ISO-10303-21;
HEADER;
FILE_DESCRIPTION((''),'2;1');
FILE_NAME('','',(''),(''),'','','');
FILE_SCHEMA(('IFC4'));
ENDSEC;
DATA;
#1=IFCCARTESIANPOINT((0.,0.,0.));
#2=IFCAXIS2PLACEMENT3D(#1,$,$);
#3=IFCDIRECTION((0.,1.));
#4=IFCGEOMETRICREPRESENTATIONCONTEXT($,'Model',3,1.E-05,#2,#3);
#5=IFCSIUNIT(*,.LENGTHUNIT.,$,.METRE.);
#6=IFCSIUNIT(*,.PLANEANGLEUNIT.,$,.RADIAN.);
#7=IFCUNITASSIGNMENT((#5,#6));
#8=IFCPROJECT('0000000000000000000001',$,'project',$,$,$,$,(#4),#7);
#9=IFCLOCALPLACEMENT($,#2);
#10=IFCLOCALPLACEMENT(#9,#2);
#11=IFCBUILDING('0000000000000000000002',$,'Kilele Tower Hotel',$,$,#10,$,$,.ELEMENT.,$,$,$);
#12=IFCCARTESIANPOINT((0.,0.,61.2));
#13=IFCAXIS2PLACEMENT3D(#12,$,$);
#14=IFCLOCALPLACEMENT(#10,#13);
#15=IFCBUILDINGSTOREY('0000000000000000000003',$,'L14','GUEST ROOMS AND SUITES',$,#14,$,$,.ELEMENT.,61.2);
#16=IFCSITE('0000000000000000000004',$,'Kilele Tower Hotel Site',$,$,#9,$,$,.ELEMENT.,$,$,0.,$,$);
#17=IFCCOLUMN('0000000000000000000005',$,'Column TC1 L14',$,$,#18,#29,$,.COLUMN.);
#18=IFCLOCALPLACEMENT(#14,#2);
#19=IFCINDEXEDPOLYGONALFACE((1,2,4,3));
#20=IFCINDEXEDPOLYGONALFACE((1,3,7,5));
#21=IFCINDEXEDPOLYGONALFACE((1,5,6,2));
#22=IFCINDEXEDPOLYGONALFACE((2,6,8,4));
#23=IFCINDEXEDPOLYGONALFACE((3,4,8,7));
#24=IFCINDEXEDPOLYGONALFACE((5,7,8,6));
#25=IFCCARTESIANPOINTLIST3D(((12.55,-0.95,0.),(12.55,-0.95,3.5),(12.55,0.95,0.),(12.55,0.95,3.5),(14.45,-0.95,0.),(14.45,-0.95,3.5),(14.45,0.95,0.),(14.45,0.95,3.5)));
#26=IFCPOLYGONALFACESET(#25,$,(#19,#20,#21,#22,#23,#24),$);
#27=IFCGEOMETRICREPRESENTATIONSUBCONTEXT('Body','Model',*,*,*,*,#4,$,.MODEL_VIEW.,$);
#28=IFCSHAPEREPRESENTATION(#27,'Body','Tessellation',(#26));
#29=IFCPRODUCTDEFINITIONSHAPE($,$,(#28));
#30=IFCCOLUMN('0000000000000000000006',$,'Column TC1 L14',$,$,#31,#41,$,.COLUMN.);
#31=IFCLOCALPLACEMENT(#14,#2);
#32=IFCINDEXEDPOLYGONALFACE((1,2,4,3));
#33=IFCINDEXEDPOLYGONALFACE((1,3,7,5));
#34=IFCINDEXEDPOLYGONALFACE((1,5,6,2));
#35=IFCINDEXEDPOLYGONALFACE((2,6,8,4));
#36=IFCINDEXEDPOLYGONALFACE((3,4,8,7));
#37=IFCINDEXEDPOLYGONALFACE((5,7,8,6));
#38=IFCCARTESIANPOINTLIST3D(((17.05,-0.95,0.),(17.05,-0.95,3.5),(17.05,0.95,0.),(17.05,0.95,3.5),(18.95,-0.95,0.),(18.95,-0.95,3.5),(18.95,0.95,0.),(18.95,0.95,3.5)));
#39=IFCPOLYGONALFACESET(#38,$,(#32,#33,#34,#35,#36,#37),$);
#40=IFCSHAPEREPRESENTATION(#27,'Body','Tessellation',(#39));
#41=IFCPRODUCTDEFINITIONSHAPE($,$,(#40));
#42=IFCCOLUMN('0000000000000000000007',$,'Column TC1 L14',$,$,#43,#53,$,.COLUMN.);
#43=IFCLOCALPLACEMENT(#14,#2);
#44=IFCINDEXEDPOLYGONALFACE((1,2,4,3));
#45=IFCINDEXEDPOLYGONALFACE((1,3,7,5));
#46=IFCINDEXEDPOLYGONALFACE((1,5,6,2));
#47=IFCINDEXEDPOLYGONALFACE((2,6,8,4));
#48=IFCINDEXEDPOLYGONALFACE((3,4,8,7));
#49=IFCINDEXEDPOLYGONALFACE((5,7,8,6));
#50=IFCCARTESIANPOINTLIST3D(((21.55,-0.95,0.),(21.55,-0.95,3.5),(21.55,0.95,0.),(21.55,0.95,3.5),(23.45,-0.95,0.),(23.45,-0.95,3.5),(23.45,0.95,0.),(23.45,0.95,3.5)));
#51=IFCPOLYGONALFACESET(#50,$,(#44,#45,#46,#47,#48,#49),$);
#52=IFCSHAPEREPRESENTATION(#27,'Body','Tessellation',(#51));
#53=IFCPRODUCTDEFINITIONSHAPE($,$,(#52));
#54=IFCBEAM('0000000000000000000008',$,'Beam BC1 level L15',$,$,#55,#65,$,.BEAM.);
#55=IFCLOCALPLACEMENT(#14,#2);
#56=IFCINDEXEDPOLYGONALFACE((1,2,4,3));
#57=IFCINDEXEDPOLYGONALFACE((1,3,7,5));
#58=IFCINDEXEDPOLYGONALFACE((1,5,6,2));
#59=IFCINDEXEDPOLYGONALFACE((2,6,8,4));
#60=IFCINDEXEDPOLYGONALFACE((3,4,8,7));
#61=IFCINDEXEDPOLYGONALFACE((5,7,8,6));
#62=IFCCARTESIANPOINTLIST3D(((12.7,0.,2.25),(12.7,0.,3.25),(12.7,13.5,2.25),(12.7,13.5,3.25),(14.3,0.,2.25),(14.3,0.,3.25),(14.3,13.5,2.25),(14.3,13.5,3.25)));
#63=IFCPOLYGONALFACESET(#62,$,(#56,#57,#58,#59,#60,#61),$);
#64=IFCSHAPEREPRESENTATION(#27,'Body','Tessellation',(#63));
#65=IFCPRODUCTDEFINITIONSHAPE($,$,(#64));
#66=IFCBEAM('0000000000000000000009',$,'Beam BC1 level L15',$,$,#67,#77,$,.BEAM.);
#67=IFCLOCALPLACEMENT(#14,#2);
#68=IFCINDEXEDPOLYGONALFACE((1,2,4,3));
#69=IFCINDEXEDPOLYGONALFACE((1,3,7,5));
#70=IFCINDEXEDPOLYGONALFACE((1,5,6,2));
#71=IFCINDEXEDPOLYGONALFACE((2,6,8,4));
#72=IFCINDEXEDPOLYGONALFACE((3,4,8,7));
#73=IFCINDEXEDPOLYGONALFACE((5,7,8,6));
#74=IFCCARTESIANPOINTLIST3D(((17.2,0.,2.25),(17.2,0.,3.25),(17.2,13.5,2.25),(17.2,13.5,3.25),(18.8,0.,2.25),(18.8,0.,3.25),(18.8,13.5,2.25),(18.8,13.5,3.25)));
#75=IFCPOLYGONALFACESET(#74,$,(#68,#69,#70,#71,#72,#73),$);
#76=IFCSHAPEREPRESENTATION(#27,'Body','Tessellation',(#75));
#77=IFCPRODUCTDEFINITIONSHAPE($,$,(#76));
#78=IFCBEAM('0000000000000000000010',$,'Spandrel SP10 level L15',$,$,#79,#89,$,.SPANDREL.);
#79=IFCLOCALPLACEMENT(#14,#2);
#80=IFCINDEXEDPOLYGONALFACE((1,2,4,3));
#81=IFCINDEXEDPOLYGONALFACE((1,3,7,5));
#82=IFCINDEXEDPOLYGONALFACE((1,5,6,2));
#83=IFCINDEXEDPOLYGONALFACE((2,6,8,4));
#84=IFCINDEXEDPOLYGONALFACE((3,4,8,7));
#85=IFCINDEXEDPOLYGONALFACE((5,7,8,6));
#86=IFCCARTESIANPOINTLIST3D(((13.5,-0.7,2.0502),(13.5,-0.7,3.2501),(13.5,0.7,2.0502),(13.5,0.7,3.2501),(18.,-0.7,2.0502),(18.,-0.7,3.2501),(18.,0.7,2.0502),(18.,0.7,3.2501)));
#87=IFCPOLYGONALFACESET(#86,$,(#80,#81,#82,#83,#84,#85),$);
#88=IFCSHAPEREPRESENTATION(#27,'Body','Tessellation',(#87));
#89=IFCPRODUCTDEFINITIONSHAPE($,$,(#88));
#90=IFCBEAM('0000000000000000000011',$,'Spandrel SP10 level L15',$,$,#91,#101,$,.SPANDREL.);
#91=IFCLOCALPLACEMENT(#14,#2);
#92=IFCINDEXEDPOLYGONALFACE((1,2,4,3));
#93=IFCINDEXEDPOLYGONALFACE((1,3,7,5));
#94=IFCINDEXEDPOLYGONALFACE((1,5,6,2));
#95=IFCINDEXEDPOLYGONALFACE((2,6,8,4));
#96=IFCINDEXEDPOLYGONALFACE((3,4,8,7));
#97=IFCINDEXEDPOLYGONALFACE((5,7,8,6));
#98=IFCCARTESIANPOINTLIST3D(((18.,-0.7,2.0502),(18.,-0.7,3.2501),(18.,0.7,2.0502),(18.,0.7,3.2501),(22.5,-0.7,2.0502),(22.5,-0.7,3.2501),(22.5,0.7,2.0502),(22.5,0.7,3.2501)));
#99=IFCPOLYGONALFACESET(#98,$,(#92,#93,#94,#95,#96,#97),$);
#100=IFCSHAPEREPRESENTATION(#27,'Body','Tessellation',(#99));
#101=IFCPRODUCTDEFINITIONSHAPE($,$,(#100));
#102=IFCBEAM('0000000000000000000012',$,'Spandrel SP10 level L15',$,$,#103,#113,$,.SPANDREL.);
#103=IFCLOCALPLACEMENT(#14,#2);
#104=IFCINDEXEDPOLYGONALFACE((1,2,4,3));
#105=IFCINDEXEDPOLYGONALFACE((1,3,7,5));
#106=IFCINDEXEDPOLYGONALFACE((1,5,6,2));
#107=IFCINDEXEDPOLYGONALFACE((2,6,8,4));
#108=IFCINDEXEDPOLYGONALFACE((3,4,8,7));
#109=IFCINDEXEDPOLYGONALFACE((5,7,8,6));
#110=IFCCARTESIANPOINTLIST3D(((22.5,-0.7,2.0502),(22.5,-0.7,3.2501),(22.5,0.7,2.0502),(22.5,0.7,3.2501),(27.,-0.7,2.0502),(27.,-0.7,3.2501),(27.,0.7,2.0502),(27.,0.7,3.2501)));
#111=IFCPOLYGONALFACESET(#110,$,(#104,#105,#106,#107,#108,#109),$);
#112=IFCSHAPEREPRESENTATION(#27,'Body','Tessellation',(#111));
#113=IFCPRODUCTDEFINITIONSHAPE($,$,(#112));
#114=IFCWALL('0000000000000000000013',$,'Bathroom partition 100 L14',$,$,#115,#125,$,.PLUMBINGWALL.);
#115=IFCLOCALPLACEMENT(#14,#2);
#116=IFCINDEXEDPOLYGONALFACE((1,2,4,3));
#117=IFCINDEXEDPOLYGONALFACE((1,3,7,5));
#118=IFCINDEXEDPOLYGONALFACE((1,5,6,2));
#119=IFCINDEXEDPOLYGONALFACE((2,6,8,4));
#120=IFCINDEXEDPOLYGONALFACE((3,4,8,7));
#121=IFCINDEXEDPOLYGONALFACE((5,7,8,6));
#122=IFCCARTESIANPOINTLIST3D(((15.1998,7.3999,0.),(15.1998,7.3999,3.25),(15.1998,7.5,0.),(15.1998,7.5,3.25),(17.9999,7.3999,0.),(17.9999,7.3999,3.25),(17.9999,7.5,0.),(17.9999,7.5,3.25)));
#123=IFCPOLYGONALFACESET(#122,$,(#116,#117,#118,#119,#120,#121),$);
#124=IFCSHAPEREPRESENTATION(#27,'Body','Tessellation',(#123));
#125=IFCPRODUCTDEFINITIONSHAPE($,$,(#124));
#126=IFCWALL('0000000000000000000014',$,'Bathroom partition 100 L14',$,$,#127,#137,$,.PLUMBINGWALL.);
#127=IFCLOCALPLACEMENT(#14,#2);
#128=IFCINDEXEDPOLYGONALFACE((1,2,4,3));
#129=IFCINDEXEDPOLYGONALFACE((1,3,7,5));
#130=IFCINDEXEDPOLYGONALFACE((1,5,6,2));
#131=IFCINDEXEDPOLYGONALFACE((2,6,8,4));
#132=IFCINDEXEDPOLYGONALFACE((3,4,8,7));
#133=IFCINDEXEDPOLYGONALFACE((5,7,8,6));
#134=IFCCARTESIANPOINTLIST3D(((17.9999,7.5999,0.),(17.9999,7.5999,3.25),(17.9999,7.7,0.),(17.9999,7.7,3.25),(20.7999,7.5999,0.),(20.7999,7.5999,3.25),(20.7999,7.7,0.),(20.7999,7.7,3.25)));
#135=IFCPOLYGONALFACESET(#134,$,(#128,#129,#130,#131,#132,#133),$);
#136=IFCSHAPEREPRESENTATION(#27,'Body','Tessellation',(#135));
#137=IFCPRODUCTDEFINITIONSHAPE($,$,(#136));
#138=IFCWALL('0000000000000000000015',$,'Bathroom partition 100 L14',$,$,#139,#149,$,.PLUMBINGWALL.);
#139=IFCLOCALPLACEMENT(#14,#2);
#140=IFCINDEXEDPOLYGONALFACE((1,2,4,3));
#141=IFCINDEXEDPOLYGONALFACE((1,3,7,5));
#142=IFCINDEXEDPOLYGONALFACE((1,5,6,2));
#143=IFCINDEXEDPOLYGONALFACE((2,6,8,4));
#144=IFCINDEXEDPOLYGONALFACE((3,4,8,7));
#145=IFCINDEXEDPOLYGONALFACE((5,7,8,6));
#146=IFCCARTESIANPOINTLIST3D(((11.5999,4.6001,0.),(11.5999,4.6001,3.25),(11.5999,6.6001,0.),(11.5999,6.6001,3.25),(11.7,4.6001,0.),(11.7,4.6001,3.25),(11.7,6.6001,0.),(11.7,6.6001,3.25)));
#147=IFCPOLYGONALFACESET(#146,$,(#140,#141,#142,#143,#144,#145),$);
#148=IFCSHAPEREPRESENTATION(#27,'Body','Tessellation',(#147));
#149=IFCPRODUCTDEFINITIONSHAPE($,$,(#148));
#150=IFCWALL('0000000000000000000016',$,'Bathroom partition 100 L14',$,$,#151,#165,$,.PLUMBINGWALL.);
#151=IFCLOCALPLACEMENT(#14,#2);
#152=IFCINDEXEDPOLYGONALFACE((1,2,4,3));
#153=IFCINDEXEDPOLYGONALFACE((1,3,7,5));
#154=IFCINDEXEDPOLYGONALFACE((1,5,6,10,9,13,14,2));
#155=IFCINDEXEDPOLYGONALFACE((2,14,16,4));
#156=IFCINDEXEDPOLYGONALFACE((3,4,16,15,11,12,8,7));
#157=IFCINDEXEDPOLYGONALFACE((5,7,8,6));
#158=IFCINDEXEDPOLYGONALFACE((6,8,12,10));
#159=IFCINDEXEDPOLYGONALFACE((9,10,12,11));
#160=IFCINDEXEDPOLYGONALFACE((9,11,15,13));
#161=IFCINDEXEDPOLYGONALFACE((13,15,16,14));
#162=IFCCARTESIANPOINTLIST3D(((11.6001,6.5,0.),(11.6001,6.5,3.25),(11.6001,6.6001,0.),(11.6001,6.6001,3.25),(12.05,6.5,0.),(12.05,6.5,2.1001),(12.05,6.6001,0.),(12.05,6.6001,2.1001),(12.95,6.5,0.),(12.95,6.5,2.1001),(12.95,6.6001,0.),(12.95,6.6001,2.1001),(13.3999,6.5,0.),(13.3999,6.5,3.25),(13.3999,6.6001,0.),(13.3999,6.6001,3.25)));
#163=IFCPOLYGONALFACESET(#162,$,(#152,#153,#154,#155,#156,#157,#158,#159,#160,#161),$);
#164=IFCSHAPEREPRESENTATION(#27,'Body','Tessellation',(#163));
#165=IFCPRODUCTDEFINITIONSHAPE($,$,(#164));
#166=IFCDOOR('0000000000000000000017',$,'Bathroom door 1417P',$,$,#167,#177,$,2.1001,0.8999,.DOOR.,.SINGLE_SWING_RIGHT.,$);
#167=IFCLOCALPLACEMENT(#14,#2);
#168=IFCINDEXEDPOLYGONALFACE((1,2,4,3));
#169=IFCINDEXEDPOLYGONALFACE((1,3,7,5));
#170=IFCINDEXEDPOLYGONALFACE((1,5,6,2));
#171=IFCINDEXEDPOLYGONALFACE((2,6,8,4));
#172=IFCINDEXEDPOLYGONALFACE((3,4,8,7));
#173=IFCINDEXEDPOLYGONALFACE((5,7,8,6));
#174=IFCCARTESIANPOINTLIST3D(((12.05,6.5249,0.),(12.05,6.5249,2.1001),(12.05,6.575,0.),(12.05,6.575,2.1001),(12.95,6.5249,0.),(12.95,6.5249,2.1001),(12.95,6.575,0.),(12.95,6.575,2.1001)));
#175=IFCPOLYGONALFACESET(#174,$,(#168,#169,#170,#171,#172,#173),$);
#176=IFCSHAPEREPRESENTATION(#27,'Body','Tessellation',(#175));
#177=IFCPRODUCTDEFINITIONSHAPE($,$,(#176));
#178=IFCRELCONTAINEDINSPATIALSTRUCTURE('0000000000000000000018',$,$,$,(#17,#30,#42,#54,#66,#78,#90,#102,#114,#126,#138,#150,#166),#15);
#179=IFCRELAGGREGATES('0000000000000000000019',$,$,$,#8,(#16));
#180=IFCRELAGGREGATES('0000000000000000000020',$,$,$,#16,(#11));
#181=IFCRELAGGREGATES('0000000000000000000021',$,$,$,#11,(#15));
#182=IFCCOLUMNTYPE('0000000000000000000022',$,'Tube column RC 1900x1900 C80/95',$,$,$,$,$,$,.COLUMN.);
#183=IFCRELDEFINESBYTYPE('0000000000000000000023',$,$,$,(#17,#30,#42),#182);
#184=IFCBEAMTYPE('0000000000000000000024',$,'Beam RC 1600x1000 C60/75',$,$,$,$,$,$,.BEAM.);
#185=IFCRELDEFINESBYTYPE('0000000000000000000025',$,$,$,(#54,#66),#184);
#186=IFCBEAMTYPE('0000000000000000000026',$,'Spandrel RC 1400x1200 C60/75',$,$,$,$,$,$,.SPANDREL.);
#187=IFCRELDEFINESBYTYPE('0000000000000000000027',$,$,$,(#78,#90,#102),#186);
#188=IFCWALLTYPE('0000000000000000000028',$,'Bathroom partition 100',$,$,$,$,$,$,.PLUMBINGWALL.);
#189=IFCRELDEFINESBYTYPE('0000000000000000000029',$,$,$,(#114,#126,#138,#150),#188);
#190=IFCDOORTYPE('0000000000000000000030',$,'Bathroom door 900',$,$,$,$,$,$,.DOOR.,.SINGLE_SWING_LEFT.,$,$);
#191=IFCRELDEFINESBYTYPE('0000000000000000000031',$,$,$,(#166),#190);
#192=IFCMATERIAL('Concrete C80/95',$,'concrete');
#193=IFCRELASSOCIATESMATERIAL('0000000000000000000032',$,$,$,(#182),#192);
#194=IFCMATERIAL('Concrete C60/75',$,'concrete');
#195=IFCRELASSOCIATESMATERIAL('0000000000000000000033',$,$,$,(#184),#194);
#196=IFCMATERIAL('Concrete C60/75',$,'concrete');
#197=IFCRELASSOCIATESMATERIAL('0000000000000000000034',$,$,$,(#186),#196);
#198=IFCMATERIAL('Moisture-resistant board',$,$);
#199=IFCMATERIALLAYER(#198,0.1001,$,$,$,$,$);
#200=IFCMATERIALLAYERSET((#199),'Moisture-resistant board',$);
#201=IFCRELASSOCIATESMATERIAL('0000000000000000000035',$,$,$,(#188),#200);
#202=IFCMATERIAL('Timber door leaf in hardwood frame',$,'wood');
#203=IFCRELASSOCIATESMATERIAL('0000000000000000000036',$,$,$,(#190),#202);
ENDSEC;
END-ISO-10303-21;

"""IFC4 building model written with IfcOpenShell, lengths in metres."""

from ifc_helpers import new_model, si_unit, direction, frame, frame_2d, origin, origin_2d, place, context, subcontext, project, spatial, rectangle, extrude, material, layer, layer_set, material_profile, profile_set, type_object, element, fill, save


model = new_model("IFC4")

# Units and contexts
model_context = context("Model", 3, precision=1e-05, world=origin(), true_north=direction((0.0, 1.0)))
body_context = subcontext(model_context, "Body", "Model", "MODEL_VIEW")
ifc_project = project(units=[si_unit("LENGTHUNIT", "METRE"), si_unit("PLANEANGLEUNIT", "RADIAN")], contexts=[model_context])

# Site, building, storey
site_placement = place(None, origin())
site = spatial("IfcSite", under=ifc_project, at=site_placement, Name="Kilele Tower Hotel Site", CompositionType="ELEMENT", RefElevation=0.0)
building_placement = place(site_placement, origin())
building = spatial("IfcBuilding", under=site, at=building_placement, Name="Kilele Tower Hotel", CompositionType="ELEMENT")
storey_placement = place(building_placement, frame((0.0, 0.0, 61.2)))
storey = spatial("IfcBuildingStorey", under=building, at=storey_placement, Name="L14", Description="GUEST ROOMS AND SUITES", CompositionType="ELEMENT", Elevation=61.2)

# Columns
ifc_material_1 = material(Name="Concrete C80/95", Category="concrete")
ifc_material_profile_1 = material_profile(ifc_material_1, rectangle(XDim=1.8999, YDim=1.8999, at=origin_2d()))
ifc_profile_set_1 = profile_set([ifc_material_profile_1], Name="Concrete C80/95")
column_type = type_object("IfcColumnType", Name="Tube column RC 1900x1900 C80/95", PredefinedType="COLUMN", material=ifc_profile_set_1)
for number, where, z_axis, x_axis, name in (
    (1, (13.5, 0.0, 0.0), (0.0, 0.0, 1.0), (1.0, 0.0, 0.0), "Column TC1 L14"),
    (2, (18.0, 0.0, 0.0), (0.0, 0.0, 1.0), (1.0, 0.0, 0.0), "Column TC1 L14"),
    (3, (22.5, 0.0, 0.0), (0.0, 0.0, 1.0), (1.0, 0.0, 0.0), "Column TC1 L14"),
):
    element("IfcColumn", number, at=place(storey_placement, frame(where, z_axis=z_axis, x_axis=x_axis)), inside=storey, type_object=column_type, Name=name, PredefinedType="COLUMN", context=body_context, shape_type="SweptSolid", body=[
        extrude(rectangle(XDim=1.8999, YDim=1.8999, at=origin_2d()), origin(), (0.0, 0.0, 1.0), 3.5),
    ])

# Beams
ifc_material_2 = material(Name="Concrete C60/75", Category="concrete")
ifc_material_profile_2 = material_profile(ifc_material_2, rectangle(XDim=1.6001, YDim=1.0, at=origin_2d()))
ifc_profile_set_2 = profile_set([ifc_material_profile_2], Name="Concrete C60/75")
beam_type_1 = type_object("IfcBeamType", Name="Beam RC 1600x1000 C60/75", PredefinedType="BEAM", material=ifc_profile_set_2)
for number, where, z_axis, x_axis, name in (
    (4, (13.5, 0.0, 2.75), (0.0, 1.0, 0.0), (-1.0, 0.0, 0.0), "Beam BC1 level L15"),
    (5, (18.0, 0.0, 2.75), (0.0, 1.0, 0.0), (-1.0, 0.0, 0.0), "Beam BC1 level L15"),
):
    element("IfcBeam", number, at=place(storey_placement, frame(where, z_axis=z_axis, x_axis=x_axis)), inside=storey, type_object=beam_type_1, Name=name, PredefinedType="BEAM", context=body_context, shape_type="SweptSolid", body=[
        extrude(rectangle(XDim=1.6001, YDim=1.0, at=origin_2d()), origin(), (0.0, 0.0, 1.0), 13.5),
    ])
ifc_material_3 = material(Name="Concrete C60/75", Category="concrete")
ifc_material_profile_3 = material_profile(ifc_material_3, rectangle(XDim=1.3999, YDim=1.2, at=origin_2d()))
ifc_profile_set_3 = profile_set([ifc_material_profile_3], Name="Concrete C60/75")
beam_type_2 = type_object("IfcBeamType", Name="Spandrel RC 1400x1200 C60/75", PredefinedType="SPANDREL", material=ifc_profile_set_3)
for number, where, z_axis, x_axis, name in (
    (6, (13.5, 0.0, 2.6501), (1.0, 0.0, 0.0), (0.0, 1.0, 0.0), "Spandrel SP10 level L15"),
    (7, (18.0, 0.0, 2.6501), (1.0, 0.0, 0.0), (0.0, 1.0, 0.0), "Spandrel SP10 level L15"),
    (8, (22.5, 0.0, 2.6501), (1.0, 0.0, 0.0), (0.0, 1.0, 0.0), "Spandrel SP10 level L15"),
):
    element("IfcBeam", number, at=place(storey_placement, frame(where, z_axis=z_axis, x_axis=x_axis)), inside=storey, type_object=beam_type_2, Name=name, PredefinedType="SPANDREL", context=body_context, shape_type="SweptSolid", body=[
        extrude(rectangle(XDim=1.3999, YDim=1.2, at=origin_2d()), origin(), (0.0, 0.0, 1.0), 4.5),
    ])

# Walls
ifc_material_4 = material(Name="Moisture-resistant board")
ifc_layer_1 = layer(ifc_material_4, 0.1001)
ifc_layer_set_1 = layer_set([ifc_layer_1], Name="Moisture-resistant board")
wall_type_1 = type_object("IfcWallType", Name="Bathroom partition 100", PredefinedType="PLUMBINGWALL", material=ifc_layer_set_1)
for number, where, z_axis, x_axis, name in (
    (9, (15.2, 7.45, 0.0), (0.0, 0.0, 1.0), (1.0, 0.0, 0.0), "Bathroom partition 100 L14"),
    (10, (18.0, 7.6499, 0.0), (0.0, 0.0, 1.0), (1.0, 0.0, 0.0), "Bathroom partition 100 L14"),
):
    element("IfcWall", number, at=place(storey_placement, frame(where, z_axis=z_axis, x_axis=x_axis)), inside=storey, type_object=wall_type_1, Name=name, PredefinedType="PLUMBINGWALL", context=body_context, shape_type="SweptSolid", body=[
        extrude(rectangle(XDim=2.8, YDim=0.1001, at=frame_2d((1.3999, 0.0))), origin(), (0.0, 0.0, 1.0), 3.25),
    ])
wall_1_placement = place(storey_placement, frame((11.6499, 4.6001, 0.0), z_axis=(0.0, 0.0, 1.0), x_axis=(0.0, 1.0, 0.0)))
element("IfcWall", 11, at=wall_1_placement, inside=storey, type_object=wall_type_1, Name="Bathroom partition 100 L14", PredefinedType="PLUMBINGWALL", context=body_context, shape_type="SweptSolid", body=[
    extrude(rectangle(XDim=2.0, YDim=0.1001, at=frame_2d((1.0, 0.0))), origin(), (0.0, 0.0, 1.0), 3.25),
])

# Wall, opening, door
wall_2_placement = place(storey_placement, frame((13.3999, 6.55, 0.0), z_axis=(0.0, 0.0, 1.0), x_axis=(-1.0, 0.0, 0.0)))
wall_2 = element("IfcWall", 12, at=wall_2_placement, inside=storey, type_object=wall_type_1, Name="Bathroom partition 100 L14", PredefinedType="PLUMBINGWALL", context=body_context, shape_type="SweptSolid", body=[
    extrude(rectangle(XDim=1.7998, YDim=0.1001, at=frame_2d((0.8999, 0.0))), origin(), (0.0, 0.0, 1.0), 3.25),
])
opening_1_placement = place(wall_2_placement, frame((1.3499, 0.0, 0.0), z_axis=(0.0, 0.0, 1.0), x_axis=(-1.0, 0.0, 0.0)))
opening_1 = element("IfcOpeningElement", 13, at=opening_1_placement, cuts=wall_2, PredefinedType="OPENING", context=body_context, shape_type="SweptSolid", body=[
    extrude(rectangle(XDim=0.8999, YDim=2.1001, at=frame_2d((0.45, 1.05))), frame((0.0, 0.0601, 0.0), z_axis=(0.0, -1.0, 0.0), x_axis=(1.0, 0.0, 0.0)), (0.0, 0.0, 1.0), 0.1201),
])
ifc_material_5 = material(Name="Timber door leaf in hardwood frame", Category="wood")
door_type_1 = type_object("IfcDoorType", Name="Bathroom door 900", OperationType="SINGLE_SWING_LEFT", PredefinedType="DOOR", material=ifc_material_5)
door_1_placement = place(opening_1_placement, origin())
door_1 = element("IfcDoor", 14, at=door_1_placement, inside=storey, type_object=door_type_1, Name="Bathroom door 1417P", OperationType="SINGLE_SWING_RIGHT", OverallHeight=2.1001, OverallWidth=0.8999, PredefinedType="DOOR", context=body_context, shape_type="SweptSolid", body=[
    extrude(rectangle(XDim=0.8999, YDim=2.1001, at=frame_2d((0.45, 1.05))), frame((0.0, 0.0249, 0.0), z_axis=(0.0, -1.0, 0.0), x_axis=(1.0, 0.0, 0.0)), (0.0, 0.0, 1.0), 0.05),
])
fill(opening_1, door_1)

save(model, "model.ifc")
